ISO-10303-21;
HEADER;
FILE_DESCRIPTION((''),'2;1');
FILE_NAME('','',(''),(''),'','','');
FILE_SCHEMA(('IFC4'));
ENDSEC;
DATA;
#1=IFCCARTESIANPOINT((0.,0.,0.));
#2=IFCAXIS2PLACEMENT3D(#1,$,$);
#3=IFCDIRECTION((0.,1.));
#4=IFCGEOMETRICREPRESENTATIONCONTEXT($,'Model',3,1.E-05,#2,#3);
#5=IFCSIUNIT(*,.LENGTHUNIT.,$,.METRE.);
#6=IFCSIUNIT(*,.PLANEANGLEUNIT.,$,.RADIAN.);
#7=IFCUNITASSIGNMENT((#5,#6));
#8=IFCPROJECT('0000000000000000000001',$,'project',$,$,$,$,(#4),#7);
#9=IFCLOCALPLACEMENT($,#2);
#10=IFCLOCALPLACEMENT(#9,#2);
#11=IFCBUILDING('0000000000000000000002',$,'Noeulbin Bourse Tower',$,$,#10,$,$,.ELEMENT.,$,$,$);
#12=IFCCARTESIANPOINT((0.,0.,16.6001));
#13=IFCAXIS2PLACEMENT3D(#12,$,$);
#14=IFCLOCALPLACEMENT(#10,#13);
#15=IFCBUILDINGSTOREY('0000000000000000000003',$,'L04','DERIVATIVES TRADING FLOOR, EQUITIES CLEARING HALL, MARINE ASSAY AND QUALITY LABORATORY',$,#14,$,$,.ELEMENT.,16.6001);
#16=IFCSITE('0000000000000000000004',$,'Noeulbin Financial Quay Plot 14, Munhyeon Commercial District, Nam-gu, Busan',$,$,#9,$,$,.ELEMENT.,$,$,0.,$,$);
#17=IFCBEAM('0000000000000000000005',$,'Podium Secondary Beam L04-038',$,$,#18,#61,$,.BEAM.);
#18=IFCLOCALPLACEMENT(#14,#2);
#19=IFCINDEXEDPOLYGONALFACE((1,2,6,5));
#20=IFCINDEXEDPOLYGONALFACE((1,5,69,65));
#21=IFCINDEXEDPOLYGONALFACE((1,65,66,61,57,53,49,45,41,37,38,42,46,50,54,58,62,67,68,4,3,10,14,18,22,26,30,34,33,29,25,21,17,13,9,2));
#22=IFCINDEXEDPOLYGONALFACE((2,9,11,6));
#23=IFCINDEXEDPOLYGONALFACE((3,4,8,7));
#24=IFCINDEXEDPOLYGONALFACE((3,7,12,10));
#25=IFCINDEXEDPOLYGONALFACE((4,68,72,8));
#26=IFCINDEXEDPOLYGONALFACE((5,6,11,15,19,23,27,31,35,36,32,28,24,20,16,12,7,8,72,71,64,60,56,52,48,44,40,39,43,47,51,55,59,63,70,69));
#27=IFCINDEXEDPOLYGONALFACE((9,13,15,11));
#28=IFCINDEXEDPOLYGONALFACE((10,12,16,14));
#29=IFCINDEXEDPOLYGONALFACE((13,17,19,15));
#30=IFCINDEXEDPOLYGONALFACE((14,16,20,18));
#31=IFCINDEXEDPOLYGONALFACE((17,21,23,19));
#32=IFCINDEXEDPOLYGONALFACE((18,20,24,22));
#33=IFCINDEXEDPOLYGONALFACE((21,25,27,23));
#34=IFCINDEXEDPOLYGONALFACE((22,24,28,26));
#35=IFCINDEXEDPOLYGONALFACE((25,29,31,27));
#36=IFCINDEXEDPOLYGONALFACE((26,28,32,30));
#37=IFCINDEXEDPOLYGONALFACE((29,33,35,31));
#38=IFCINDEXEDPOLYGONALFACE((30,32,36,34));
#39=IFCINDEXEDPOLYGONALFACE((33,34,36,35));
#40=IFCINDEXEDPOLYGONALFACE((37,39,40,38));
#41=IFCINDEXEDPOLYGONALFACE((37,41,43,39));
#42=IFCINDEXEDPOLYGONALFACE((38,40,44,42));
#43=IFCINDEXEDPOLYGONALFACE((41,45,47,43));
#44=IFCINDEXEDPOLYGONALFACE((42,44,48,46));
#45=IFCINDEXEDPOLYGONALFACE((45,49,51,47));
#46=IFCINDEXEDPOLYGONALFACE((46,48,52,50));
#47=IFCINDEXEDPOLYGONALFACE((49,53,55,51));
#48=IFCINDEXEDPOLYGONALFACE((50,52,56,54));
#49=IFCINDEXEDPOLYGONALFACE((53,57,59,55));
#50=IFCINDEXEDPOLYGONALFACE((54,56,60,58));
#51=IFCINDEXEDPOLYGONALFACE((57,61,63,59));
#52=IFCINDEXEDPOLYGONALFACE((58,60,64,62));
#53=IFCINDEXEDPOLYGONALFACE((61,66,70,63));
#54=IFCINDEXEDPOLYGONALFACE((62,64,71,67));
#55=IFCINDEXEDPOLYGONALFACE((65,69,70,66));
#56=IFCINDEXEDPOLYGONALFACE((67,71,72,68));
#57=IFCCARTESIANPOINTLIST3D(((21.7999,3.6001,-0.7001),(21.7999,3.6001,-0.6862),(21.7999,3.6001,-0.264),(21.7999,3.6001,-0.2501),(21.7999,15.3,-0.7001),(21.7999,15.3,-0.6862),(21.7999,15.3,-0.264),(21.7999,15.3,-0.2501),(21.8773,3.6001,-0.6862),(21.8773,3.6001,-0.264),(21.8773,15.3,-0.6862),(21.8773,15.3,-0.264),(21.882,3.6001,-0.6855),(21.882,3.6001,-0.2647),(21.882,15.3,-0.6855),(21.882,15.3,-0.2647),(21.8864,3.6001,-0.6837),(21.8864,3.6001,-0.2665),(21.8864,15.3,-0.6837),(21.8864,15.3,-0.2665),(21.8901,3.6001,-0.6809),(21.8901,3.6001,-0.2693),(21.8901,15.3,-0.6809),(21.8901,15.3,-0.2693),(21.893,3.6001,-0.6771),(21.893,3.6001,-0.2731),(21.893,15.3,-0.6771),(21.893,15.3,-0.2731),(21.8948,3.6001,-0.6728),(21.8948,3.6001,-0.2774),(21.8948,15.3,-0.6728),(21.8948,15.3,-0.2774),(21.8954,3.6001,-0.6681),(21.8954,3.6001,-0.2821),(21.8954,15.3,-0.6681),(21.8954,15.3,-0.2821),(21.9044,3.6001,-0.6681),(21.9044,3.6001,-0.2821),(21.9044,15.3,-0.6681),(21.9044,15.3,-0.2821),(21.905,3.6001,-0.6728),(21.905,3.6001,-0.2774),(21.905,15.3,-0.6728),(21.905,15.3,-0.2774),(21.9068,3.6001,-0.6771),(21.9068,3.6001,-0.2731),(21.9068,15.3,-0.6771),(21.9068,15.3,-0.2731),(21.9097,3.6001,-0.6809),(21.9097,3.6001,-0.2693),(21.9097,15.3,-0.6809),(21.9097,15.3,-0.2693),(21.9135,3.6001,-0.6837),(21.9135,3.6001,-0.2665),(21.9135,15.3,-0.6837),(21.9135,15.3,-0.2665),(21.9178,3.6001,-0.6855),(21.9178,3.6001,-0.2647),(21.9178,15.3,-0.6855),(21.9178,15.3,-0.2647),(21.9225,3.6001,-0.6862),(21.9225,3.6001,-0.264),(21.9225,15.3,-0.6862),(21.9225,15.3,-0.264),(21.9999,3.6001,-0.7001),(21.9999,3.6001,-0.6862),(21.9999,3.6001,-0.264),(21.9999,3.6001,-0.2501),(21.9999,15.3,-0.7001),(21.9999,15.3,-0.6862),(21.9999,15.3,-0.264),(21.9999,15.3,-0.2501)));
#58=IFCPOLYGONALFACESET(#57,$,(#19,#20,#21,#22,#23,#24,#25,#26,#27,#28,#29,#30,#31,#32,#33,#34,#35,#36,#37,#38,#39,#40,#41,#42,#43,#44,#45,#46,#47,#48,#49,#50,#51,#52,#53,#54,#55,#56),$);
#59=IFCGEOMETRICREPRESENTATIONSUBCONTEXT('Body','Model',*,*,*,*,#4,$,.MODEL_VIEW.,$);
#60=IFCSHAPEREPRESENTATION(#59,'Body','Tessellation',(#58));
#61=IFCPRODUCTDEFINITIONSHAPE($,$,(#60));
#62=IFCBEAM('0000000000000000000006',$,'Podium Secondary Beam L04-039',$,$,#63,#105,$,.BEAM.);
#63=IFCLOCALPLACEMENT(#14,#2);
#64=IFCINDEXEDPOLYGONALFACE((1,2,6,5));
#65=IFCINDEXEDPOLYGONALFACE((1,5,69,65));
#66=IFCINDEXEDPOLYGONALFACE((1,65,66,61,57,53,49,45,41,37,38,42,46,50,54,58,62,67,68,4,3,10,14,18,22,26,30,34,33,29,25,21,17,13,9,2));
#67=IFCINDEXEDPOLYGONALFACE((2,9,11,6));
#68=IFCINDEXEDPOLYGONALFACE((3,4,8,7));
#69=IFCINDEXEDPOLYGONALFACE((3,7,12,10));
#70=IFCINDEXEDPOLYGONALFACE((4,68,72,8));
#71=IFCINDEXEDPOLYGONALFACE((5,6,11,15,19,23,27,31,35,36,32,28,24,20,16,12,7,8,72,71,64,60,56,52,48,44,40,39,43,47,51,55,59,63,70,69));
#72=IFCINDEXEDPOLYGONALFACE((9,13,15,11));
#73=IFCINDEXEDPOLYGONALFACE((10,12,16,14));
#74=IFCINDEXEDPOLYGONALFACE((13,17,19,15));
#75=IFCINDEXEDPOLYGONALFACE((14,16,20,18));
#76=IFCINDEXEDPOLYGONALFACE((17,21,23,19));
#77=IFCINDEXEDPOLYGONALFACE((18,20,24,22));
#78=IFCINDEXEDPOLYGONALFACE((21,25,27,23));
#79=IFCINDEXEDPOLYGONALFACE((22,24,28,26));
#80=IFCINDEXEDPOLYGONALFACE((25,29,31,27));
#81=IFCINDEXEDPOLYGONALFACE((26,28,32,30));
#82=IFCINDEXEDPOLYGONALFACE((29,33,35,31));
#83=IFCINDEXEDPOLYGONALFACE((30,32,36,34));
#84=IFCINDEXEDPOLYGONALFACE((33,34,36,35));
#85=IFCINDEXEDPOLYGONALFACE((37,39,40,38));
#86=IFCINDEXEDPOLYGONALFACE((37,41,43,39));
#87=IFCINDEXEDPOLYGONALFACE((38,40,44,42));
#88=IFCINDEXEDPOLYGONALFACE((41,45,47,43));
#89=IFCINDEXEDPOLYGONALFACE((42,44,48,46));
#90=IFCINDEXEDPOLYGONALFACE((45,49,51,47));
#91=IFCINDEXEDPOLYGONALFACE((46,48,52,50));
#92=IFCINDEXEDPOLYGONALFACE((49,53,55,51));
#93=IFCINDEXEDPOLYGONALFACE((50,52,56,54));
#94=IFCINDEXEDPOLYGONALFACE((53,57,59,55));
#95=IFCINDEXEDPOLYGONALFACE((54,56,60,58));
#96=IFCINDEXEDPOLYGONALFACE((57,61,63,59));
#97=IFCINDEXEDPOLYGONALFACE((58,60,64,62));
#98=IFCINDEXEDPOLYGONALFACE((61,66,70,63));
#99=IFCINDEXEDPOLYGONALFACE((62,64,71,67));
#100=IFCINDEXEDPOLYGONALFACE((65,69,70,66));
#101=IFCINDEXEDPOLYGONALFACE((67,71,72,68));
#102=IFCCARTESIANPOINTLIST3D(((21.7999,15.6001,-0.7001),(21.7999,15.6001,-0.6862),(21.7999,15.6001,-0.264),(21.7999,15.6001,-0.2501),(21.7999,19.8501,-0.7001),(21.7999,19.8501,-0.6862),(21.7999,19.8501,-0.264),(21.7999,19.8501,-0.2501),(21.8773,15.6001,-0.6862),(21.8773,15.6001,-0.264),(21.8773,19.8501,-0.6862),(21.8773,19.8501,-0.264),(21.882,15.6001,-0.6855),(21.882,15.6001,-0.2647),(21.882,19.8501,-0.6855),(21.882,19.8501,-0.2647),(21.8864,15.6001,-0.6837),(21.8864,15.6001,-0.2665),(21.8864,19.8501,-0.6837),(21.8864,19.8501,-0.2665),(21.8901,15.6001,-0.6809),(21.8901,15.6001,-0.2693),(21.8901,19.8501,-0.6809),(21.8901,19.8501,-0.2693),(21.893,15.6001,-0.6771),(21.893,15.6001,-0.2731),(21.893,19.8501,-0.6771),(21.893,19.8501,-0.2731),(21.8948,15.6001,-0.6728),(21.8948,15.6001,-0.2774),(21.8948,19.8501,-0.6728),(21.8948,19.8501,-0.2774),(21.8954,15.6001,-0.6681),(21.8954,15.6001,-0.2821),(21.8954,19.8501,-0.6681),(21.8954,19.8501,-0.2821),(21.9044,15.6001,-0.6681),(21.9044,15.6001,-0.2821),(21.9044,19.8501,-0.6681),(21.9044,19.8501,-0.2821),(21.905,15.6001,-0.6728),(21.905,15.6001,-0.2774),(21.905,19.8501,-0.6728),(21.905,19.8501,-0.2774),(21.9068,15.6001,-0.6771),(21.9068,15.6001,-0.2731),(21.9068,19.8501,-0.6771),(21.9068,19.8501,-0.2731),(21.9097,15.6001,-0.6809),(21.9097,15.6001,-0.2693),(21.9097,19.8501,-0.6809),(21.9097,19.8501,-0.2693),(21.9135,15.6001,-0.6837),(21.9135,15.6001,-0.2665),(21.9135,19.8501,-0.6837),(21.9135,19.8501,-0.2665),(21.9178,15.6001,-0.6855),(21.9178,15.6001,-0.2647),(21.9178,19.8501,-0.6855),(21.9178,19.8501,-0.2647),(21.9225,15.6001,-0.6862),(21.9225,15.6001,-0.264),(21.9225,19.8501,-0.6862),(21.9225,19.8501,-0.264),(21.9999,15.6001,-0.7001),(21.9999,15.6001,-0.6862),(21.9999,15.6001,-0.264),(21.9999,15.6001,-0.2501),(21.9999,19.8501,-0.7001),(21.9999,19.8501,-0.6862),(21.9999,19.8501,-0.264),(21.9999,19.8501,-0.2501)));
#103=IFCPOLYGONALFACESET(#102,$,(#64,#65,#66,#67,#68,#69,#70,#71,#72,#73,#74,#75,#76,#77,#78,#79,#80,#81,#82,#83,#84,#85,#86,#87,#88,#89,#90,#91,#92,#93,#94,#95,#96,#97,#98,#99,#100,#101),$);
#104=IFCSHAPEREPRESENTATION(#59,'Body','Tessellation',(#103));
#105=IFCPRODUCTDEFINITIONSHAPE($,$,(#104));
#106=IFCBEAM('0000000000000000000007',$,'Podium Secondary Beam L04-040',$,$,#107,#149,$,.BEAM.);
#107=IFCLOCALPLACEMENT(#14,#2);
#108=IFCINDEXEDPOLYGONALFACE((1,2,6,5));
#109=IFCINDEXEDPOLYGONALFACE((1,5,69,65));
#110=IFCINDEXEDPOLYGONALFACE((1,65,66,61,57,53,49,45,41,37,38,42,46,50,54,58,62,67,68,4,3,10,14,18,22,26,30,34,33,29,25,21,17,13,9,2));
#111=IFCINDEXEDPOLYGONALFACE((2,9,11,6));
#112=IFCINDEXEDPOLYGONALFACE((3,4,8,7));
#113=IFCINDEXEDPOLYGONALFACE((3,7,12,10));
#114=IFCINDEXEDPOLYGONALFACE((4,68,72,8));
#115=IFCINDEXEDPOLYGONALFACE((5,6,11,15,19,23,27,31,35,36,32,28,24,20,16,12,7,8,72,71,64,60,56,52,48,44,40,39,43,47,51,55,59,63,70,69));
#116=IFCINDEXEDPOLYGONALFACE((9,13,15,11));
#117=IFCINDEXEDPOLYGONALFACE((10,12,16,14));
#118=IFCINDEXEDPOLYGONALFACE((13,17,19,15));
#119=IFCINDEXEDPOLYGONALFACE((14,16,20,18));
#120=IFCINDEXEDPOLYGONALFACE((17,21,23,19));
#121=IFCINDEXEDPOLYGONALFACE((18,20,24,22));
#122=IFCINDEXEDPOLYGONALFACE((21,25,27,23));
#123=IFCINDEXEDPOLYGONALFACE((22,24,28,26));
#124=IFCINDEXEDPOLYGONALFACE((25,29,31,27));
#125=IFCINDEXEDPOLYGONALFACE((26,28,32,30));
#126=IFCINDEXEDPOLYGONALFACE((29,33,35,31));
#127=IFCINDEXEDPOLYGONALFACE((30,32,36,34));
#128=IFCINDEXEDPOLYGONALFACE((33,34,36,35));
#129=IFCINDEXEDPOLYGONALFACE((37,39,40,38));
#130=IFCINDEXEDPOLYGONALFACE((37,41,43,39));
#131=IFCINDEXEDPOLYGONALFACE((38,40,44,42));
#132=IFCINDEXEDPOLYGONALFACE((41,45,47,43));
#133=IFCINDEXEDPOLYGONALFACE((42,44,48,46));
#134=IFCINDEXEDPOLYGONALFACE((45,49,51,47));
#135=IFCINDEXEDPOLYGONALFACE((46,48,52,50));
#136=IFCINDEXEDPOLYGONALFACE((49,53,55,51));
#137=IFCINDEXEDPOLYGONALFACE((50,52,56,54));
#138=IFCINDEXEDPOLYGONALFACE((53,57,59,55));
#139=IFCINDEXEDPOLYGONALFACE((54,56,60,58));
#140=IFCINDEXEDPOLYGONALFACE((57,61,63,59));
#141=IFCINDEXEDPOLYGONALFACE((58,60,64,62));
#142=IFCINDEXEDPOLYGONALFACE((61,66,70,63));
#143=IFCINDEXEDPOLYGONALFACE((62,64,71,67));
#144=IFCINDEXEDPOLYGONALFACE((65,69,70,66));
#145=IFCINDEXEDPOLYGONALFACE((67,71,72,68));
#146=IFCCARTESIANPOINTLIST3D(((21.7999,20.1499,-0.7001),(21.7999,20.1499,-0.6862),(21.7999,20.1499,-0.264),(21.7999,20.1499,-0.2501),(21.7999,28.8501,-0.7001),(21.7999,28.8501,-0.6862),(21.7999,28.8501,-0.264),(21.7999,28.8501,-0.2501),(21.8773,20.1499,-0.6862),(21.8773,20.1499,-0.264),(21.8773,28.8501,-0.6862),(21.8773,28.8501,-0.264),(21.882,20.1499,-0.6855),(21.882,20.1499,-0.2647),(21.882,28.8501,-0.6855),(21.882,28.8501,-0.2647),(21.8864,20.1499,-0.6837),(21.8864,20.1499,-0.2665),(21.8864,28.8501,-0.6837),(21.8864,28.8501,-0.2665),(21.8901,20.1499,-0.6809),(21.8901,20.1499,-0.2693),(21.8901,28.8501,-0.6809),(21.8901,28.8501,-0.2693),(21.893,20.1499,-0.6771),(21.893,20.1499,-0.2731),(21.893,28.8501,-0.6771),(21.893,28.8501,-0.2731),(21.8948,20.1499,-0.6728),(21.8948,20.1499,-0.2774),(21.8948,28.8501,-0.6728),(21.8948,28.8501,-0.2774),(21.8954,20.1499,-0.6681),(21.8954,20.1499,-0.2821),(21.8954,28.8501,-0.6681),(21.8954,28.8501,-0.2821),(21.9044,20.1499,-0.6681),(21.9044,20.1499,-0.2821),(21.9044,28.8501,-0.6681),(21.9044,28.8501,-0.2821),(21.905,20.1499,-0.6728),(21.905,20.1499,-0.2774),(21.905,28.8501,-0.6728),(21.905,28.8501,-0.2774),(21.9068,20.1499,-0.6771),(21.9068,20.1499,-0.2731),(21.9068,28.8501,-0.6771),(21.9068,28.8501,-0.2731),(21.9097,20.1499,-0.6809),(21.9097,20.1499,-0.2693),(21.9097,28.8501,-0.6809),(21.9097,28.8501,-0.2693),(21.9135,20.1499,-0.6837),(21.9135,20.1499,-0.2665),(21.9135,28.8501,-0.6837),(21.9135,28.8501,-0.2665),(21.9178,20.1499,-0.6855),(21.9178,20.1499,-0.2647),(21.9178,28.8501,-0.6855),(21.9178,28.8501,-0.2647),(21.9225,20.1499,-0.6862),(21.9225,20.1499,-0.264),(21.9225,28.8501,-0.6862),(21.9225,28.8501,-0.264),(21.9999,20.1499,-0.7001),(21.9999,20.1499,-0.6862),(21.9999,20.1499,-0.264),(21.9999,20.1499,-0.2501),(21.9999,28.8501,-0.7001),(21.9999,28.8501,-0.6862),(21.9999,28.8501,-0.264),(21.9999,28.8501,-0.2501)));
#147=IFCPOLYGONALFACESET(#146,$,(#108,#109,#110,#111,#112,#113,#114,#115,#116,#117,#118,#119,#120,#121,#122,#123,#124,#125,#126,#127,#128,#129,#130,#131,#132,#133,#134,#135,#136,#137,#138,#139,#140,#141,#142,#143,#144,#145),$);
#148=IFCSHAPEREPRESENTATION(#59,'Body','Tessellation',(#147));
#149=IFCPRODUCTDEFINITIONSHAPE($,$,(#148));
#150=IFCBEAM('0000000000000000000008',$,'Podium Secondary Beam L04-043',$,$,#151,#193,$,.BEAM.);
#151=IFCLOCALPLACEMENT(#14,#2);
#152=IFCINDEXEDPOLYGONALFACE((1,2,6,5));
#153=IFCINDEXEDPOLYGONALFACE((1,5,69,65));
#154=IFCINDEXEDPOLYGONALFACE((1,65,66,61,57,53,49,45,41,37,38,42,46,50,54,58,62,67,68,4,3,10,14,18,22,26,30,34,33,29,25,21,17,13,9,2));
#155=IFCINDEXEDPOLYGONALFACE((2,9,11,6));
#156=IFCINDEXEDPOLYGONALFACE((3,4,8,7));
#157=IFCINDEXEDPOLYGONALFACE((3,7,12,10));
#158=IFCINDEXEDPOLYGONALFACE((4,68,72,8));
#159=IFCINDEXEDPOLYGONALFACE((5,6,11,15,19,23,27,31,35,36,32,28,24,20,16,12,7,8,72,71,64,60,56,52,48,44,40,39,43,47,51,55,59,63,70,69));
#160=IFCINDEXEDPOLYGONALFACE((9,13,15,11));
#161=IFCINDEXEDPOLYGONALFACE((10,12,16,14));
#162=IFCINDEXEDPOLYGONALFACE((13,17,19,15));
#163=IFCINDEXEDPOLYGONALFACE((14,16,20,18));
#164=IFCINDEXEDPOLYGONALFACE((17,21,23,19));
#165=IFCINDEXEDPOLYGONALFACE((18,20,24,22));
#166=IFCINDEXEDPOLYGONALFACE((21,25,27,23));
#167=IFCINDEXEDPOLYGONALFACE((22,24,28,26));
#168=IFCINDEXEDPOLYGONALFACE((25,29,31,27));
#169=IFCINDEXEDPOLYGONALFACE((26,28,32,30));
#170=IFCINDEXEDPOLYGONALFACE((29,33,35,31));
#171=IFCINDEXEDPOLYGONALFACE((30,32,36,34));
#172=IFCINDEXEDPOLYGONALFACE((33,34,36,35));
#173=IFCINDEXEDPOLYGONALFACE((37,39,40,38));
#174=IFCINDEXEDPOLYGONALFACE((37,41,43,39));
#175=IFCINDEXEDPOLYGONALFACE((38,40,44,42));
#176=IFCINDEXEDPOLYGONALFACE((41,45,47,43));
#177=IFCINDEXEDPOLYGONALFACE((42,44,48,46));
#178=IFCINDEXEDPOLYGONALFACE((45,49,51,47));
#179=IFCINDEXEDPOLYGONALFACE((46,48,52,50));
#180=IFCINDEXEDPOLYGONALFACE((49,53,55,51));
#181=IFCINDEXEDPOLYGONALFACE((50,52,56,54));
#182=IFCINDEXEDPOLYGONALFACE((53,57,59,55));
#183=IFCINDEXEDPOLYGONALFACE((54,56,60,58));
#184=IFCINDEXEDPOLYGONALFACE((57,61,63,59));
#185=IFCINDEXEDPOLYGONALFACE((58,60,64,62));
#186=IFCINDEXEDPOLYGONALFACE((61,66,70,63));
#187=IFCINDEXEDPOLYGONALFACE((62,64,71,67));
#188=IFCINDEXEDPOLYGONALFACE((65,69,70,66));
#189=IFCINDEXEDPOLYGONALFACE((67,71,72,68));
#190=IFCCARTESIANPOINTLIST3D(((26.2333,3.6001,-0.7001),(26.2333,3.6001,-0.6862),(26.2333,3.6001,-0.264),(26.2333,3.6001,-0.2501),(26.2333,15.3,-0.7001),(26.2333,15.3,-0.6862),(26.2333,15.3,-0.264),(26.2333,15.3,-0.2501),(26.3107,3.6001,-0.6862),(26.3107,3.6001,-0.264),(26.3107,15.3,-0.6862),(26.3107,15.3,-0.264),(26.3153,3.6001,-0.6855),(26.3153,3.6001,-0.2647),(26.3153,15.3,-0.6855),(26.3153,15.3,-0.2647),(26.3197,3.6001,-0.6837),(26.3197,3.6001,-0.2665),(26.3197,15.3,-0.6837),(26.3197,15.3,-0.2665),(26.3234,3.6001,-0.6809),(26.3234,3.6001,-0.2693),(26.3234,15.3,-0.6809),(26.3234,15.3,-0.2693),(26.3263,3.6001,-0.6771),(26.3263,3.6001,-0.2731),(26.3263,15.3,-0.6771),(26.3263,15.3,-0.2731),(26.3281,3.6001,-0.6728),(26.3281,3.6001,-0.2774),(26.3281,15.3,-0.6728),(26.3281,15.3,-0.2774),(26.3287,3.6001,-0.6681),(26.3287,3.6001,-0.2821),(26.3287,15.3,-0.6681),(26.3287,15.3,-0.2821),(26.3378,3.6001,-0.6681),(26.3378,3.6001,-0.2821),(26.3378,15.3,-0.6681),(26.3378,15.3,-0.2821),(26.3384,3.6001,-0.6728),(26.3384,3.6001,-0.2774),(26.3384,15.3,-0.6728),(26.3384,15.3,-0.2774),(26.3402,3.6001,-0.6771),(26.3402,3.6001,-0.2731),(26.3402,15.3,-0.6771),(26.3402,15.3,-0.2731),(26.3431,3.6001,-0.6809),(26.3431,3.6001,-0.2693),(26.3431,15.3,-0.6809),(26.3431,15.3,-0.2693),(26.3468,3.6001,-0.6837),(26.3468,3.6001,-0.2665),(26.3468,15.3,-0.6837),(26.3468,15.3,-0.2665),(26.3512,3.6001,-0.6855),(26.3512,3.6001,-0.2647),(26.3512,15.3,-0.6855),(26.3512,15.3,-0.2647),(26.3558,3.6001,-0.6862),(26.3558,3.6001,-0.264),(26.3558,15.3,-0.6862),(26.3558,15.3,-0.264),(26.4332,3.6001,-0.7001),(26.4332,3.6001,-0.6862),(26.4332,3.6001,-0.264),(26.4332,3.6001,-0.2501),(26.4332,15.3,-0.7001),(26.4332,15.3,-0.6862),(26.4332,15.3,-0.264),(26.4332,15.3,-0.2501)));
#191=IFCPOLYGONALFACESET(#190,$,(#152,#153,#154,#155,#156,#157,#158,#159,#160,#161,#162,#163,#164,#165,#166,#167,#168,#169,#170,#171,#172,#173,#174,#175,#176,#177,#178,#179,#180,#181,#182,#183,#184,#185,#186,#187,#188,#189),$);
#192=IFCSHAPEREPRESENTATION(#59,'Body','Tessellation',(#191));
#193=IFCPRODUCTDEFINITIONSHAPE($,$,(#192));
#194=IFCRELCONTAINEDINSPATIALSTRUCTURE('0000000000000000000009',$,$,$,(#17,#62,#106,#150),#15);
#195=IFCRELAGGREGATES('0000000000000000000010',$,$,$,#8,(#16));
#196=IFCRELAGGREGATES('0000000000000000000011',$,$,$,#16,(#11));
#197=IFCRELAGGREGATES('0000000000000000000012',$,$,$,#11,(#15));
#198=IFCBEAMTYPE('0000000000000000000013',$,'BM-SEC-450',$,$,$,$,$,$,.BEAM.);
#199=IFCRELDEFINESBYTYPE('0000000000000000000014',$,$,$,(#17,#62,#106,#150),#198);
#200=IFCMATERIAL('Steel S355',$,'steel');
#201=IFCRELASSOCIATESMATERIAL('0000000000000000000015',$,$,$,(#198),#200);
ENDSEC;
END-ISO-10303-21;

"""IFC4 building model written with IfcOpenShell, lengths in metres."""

from ifc_helpers import new_model, si_unit, direction, frame, origin, origin_2d, place, context, subcontext, project, spatial, i_section, extrude, material, material_profile, profile_set, type_object, element, save


model = new_model("IFC4")

# Units and contexts
model_context = context("Model", 3, precision=1e-05, world=origin(), true_north=direction((0.0, 1.0)))
body_context = subcontext(model_context, "Body", "Model", "MODEL_VIEW")
ifc_project = project(units=[si_unit("LENGTHUNIT", "METRE"), si_unit("PLANEANGLEUNIT", "RADIAN")], contexts=[model_context])

# Site, building, storey
site_placement = place(None, origin())
site = spatial("IfcSite", under=ifc_project, at=site_placement, Name="Noeulbin Financial Quay Plot 14, Munhyeon Commercial District, Nam-gu, Busan", CompositionType="ELEMENT", RefElevation=0.0)
building_placement = place(site_placement, origin())
building = spatial("IfcBuilding", under=site, at=building_placement, Name="Noeulbin Bourse Tower", CompositionType="ELEMENT")
storey_placement = place(building_placement, frame((0.0, 0.0, 16.6001)))
storey = spatial("IfcBuildingStorey", under=building, at=storey_placement, Name="L04", Description="DERIVATIVES TRADING FLOOR, EQUITIES CLEARING HALL, MARINE ASSAY AND QUALITY LABORATORY", CompositionType="ELEMENT", Elevation=16.6001)

# Beams
ifc_material_1 = material(Name="Steel S355", Category="steel")
ifc_material_profile_1 = material_profile(ifc_material_1, i_section(OverallWidth=0.2, OverallDepth=0.45, WebThickness=0.009, FlangeThickness=0.0139, FilletRadius=0.0181, at=origin_2d()), Name="H-450x200x9x14", Category="LoadBearing")
ifc_profile_set_1 = profile_set([ifc_material_profile_1], Name="Steel S355")
beam_type_1 = type_object("IfcBeamType", Name="BM-SEC-450", PredefinedType="BEAM", material=ifc_profile_set_1)
beam_1_placement = place(storey_placement, frame((21.8999, 3.6001, -0.4751), z_axis=(0.0, 1.0, 0.0), x_axis=(-1.0, 0.0, 0.0)))
element("IfcBeam", 1, at=beam_1_placement, inside=storey, type_object=beam_type_1, Name="Podium Secondary Beam L04-038", PredefinedType="BEAM", context=body_context, shape_type="SweptSolid", body=[
    extrude(i_section(OverallWidth=0.2, OverallDepth=0.45, WebThickness=0.009, FlangeThickness=0.0139, FilletRadius=0.0181, at=origin_2d()), origin(), (0.0, 0.0, 1.0), 11.7),
])
beam_2_placement = place(storey_placement, frame((21.8999, 15.6001, -0.4751), z_axis=(0.0, 1.0, 0.0), x_axis=(-1.0, 0.0, 0.0)))
element("IfcBeam", 2, at=beam_2_placement, inside=storey, type_object=beam_type_1, Name="Podium Secondary Beam L04-039", PredefinedType="BEAM", context=body_context, shape_type="SweptSolid", body=[
    extrude(i_section(OverallWidth=0.2, OverallDepth=0.45, WebThickness=0.009, FlangeThickness=0.0139, FilletRadius=0.0181, at=origin_2d()), origin(), (0.0, 0.0, 1.0), 4.25),
])
beam_3_placement = place(storey_placement, frame((21.8999, 20.1499, -0.4751), z_axis=(0.0, 1.0, 0.0), x_axis=(-1.0, 0.0, 0.0)))
element("IfcBeam", 3, at=beam_3_placement, inside=storey, type_object=beam_type_1, Name="Podium Secondary Beam L04-040", PredefinedType="BEAM", context=body_context, shape_type="SweptSolid", body=[
    extrude(i_section(OverallWidth=0.2, OverallDepth=0.45, WebThickness=0.009, FlangeThickness=0.0139, FilletRadius=0.0181, at=origin_2d()), origin(), (0.0, 0.0, 1.0), 8.7002),
])
beam_4_placement = place(storey_placement, frame((26.3333, 3.6001, -0.4751), z_axis=(0.0, 1.0, 0.0), x_axis=(-1.0, 0.0, 0.0)))
element("IfcBeam", 4, at=beam_4_placement, inside=storey, type_object=beam_type_1, Name="Podium Secondary Beam L04-043", PredefinedType="BEAM", context=body_context, shape_type="SweptSolid", body=[
    extrude(i_section(OverallWidth=0.2, OverallDepth=0.45, WebThickness=0.009, FlangeThickness=0.0139, FilletRadius=0.0181, at=origin_2d()), origin(), (0.0, 0.0, 1.0), 11.7),
])

save(model, "model.ifc")
